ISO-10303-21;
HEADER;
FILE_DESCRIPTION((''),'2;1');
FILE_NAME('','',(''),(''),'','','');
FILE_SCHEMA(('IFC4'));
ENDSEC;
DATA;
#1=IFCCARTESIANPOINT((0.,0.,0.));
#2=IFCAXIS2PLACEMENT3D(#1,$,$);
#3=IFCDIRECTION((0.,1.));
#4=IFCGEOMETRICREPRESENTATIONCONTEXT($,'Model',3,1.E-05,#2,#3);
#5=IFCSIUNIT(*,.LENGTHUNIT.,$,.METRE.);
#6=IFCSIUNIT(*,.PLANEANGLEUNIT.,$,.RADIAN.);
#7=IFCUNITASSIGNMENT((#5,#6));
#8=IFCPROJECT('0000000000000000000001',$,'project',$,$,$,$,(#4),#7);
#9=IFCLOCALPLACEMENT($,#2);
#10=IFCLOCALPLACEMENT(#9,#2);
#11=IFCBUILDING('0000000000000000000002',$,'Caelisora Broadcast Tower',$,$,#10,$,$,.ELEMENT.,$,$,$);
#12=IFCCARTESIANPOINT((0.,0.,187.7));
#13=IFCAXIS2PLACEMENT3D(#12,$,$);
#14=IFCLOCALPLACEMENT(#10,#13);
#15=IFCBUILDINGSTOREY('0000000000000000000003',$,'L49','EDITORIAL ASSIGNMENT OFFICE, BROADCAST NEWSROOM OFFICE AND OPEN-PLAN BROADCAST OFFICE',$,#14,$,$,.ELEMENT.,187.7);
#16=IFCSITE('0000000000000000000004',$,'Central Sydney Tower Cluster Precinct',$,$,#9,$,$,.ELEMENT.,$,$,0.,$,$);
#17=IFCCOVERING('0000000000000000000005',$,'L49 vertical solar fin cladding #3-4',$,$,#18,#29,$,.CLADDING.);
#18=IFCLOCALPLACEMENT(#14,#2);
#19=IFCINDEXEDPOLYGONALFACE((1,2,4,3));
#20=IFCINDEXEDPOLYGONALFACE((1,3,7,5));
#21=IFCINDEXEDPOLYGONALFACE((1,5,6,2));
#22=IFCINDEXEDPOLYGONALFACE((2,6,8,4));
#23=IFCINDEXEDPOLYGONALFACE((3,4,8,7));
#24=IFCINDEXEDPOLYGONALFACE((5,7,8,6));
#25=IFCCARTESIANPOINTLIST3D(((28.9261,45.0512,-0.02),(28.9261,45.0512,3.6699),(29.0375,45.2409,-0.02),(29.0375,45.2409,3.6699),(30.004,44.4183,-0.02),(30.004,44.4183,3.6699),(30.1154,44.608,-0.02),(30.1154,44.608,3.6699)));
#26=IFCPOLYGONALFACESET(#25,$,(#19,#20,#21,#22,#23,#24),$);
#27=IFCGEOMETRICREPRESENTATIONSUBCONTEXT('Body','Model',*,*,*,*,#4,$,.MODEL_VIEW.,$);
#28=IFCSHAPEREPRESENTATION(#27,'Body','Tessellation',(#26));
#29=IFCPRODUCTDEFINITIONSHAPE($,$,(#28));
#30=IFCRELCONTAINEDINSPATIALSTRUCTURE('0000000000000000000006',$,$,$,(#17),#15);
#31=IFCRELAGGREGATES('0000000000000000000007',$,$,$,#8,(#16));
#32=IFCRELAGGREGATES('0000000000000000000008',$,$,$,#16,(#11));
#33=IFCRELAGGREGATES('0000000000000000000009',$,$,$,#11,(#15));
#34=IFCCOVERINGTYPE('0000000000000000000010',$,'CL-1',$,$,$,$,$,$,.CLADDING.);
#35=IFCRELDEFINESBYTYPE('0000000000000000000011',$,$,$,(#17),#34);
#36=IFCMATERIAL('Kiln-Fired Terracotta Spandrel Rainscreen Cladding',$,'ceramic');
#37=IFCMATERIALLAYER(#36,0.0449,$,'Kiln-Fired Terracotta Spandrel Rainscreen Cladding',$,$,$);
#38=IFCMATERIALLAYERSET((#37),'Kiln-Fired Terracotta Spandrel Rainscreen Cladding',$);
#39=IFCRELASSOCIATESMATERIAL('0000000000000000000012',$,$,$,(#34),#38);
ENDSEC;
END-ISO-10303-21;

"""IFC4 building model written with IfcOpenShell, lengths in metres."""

from ifc_helpers import new_model, si_unit, direction, frame, origin, origin_2d, place, context, subcontext, project, spatial, rectangle, extrude, source, transform, mapped, material, layer, layer_set, type_object, type_shapes, element, save


model = new_model("IFC4")

# Units and contexts
model_context = context("Model", 3, precision=1e-05, world=origin(), true_north=direction((0.0, 1.0)))
body_context = subcontext(model_context, "Body", "Model", "MODEL_VIEW")
ifc_project = project(units=[si_unit("LENGTHUNIT", "METRE"), si_unit("PLANEANGLEUNIT", "RADIAN")], contexts=[model_context])

# Site, building, storey
site_placement = place(None, origin())
site = spatial("IfcSite", under=ifc_project, at=site_placement, Name="Central Sydney Tower Cluster Precinct", CompositionType="ELEMENT", RefElevation=0.0)
building_placement = place(site_placement, origin())
building = spatial("IfcBuilding", under=site, at=building_placement, Name="Caelisora Broadcast Tower", CompositionType="ELEMENT")
storey_placement = place(building_placement, frame((0.0, 0.0, 187.7)))
storey = spatial("IfcBuildingStorey", under=building, at=storey_placement, Name="L49", Description="EDITORIAL ASSIGNMENT OFFICE, BROADCAST NEWSROOM OFFICE AND OPEN-PLAN BROADCAST OFFICE", CompositionType="ELEMENT", Elevation=187.7)

# Covering
ifc_material_1 = material(Name="Kiln-Fired Terracotta Spandrel Rainscreen Cladding", Category="ceramic")
ifc_layer_1 = layer(ifc_material_1, 0.0449, Name="Kiln-Fired Terracotta Spandrel Rainscreen Cladding")
ifc_layer_set_1 = layer_set([ifc_layer_1], Name="Kiln-Fired Terracotta Spandrel Rainscreen Cladding")
covering_type = type_object("IfcCoveringType", Name="CL-1", PredefinedType="CLADDING", material=ifc_layer_set_1)
shared_shape_1 = source(origin(), body_context, "Body", "SweptSolid", [
    extrude(rectangle(XDim=0.22, YDim=1.25, at=origin_2d()), origin(), (0.0, 0.0, 1.0), 3.6899),
])
type_shapes(covering_type, [shared_shape_1])
for number, where, z_axis, x_axis, name in (
    (1, (29.5208, 44.8296, -0.02), (0.0, 0.0, 1.0), (0.506335, 0.862337, 0.0), "L49 vertical solar fin cladding #3-4"),
):
    element("IfcCovering", number, at=place(storey_placement, frame(where, z_axis=z_axis, x_axis=x_axis)), inside=storey, type_object=covering_type, Name=name, PredefinedType="CLADDING", context=body_context, shape_type="MappedRepresentation", body=[
        mapped(shared_shape_1, transform((0.0, 0.0, 0.0), scale=1.0)),
    ])

save(model, "model.ifc")
